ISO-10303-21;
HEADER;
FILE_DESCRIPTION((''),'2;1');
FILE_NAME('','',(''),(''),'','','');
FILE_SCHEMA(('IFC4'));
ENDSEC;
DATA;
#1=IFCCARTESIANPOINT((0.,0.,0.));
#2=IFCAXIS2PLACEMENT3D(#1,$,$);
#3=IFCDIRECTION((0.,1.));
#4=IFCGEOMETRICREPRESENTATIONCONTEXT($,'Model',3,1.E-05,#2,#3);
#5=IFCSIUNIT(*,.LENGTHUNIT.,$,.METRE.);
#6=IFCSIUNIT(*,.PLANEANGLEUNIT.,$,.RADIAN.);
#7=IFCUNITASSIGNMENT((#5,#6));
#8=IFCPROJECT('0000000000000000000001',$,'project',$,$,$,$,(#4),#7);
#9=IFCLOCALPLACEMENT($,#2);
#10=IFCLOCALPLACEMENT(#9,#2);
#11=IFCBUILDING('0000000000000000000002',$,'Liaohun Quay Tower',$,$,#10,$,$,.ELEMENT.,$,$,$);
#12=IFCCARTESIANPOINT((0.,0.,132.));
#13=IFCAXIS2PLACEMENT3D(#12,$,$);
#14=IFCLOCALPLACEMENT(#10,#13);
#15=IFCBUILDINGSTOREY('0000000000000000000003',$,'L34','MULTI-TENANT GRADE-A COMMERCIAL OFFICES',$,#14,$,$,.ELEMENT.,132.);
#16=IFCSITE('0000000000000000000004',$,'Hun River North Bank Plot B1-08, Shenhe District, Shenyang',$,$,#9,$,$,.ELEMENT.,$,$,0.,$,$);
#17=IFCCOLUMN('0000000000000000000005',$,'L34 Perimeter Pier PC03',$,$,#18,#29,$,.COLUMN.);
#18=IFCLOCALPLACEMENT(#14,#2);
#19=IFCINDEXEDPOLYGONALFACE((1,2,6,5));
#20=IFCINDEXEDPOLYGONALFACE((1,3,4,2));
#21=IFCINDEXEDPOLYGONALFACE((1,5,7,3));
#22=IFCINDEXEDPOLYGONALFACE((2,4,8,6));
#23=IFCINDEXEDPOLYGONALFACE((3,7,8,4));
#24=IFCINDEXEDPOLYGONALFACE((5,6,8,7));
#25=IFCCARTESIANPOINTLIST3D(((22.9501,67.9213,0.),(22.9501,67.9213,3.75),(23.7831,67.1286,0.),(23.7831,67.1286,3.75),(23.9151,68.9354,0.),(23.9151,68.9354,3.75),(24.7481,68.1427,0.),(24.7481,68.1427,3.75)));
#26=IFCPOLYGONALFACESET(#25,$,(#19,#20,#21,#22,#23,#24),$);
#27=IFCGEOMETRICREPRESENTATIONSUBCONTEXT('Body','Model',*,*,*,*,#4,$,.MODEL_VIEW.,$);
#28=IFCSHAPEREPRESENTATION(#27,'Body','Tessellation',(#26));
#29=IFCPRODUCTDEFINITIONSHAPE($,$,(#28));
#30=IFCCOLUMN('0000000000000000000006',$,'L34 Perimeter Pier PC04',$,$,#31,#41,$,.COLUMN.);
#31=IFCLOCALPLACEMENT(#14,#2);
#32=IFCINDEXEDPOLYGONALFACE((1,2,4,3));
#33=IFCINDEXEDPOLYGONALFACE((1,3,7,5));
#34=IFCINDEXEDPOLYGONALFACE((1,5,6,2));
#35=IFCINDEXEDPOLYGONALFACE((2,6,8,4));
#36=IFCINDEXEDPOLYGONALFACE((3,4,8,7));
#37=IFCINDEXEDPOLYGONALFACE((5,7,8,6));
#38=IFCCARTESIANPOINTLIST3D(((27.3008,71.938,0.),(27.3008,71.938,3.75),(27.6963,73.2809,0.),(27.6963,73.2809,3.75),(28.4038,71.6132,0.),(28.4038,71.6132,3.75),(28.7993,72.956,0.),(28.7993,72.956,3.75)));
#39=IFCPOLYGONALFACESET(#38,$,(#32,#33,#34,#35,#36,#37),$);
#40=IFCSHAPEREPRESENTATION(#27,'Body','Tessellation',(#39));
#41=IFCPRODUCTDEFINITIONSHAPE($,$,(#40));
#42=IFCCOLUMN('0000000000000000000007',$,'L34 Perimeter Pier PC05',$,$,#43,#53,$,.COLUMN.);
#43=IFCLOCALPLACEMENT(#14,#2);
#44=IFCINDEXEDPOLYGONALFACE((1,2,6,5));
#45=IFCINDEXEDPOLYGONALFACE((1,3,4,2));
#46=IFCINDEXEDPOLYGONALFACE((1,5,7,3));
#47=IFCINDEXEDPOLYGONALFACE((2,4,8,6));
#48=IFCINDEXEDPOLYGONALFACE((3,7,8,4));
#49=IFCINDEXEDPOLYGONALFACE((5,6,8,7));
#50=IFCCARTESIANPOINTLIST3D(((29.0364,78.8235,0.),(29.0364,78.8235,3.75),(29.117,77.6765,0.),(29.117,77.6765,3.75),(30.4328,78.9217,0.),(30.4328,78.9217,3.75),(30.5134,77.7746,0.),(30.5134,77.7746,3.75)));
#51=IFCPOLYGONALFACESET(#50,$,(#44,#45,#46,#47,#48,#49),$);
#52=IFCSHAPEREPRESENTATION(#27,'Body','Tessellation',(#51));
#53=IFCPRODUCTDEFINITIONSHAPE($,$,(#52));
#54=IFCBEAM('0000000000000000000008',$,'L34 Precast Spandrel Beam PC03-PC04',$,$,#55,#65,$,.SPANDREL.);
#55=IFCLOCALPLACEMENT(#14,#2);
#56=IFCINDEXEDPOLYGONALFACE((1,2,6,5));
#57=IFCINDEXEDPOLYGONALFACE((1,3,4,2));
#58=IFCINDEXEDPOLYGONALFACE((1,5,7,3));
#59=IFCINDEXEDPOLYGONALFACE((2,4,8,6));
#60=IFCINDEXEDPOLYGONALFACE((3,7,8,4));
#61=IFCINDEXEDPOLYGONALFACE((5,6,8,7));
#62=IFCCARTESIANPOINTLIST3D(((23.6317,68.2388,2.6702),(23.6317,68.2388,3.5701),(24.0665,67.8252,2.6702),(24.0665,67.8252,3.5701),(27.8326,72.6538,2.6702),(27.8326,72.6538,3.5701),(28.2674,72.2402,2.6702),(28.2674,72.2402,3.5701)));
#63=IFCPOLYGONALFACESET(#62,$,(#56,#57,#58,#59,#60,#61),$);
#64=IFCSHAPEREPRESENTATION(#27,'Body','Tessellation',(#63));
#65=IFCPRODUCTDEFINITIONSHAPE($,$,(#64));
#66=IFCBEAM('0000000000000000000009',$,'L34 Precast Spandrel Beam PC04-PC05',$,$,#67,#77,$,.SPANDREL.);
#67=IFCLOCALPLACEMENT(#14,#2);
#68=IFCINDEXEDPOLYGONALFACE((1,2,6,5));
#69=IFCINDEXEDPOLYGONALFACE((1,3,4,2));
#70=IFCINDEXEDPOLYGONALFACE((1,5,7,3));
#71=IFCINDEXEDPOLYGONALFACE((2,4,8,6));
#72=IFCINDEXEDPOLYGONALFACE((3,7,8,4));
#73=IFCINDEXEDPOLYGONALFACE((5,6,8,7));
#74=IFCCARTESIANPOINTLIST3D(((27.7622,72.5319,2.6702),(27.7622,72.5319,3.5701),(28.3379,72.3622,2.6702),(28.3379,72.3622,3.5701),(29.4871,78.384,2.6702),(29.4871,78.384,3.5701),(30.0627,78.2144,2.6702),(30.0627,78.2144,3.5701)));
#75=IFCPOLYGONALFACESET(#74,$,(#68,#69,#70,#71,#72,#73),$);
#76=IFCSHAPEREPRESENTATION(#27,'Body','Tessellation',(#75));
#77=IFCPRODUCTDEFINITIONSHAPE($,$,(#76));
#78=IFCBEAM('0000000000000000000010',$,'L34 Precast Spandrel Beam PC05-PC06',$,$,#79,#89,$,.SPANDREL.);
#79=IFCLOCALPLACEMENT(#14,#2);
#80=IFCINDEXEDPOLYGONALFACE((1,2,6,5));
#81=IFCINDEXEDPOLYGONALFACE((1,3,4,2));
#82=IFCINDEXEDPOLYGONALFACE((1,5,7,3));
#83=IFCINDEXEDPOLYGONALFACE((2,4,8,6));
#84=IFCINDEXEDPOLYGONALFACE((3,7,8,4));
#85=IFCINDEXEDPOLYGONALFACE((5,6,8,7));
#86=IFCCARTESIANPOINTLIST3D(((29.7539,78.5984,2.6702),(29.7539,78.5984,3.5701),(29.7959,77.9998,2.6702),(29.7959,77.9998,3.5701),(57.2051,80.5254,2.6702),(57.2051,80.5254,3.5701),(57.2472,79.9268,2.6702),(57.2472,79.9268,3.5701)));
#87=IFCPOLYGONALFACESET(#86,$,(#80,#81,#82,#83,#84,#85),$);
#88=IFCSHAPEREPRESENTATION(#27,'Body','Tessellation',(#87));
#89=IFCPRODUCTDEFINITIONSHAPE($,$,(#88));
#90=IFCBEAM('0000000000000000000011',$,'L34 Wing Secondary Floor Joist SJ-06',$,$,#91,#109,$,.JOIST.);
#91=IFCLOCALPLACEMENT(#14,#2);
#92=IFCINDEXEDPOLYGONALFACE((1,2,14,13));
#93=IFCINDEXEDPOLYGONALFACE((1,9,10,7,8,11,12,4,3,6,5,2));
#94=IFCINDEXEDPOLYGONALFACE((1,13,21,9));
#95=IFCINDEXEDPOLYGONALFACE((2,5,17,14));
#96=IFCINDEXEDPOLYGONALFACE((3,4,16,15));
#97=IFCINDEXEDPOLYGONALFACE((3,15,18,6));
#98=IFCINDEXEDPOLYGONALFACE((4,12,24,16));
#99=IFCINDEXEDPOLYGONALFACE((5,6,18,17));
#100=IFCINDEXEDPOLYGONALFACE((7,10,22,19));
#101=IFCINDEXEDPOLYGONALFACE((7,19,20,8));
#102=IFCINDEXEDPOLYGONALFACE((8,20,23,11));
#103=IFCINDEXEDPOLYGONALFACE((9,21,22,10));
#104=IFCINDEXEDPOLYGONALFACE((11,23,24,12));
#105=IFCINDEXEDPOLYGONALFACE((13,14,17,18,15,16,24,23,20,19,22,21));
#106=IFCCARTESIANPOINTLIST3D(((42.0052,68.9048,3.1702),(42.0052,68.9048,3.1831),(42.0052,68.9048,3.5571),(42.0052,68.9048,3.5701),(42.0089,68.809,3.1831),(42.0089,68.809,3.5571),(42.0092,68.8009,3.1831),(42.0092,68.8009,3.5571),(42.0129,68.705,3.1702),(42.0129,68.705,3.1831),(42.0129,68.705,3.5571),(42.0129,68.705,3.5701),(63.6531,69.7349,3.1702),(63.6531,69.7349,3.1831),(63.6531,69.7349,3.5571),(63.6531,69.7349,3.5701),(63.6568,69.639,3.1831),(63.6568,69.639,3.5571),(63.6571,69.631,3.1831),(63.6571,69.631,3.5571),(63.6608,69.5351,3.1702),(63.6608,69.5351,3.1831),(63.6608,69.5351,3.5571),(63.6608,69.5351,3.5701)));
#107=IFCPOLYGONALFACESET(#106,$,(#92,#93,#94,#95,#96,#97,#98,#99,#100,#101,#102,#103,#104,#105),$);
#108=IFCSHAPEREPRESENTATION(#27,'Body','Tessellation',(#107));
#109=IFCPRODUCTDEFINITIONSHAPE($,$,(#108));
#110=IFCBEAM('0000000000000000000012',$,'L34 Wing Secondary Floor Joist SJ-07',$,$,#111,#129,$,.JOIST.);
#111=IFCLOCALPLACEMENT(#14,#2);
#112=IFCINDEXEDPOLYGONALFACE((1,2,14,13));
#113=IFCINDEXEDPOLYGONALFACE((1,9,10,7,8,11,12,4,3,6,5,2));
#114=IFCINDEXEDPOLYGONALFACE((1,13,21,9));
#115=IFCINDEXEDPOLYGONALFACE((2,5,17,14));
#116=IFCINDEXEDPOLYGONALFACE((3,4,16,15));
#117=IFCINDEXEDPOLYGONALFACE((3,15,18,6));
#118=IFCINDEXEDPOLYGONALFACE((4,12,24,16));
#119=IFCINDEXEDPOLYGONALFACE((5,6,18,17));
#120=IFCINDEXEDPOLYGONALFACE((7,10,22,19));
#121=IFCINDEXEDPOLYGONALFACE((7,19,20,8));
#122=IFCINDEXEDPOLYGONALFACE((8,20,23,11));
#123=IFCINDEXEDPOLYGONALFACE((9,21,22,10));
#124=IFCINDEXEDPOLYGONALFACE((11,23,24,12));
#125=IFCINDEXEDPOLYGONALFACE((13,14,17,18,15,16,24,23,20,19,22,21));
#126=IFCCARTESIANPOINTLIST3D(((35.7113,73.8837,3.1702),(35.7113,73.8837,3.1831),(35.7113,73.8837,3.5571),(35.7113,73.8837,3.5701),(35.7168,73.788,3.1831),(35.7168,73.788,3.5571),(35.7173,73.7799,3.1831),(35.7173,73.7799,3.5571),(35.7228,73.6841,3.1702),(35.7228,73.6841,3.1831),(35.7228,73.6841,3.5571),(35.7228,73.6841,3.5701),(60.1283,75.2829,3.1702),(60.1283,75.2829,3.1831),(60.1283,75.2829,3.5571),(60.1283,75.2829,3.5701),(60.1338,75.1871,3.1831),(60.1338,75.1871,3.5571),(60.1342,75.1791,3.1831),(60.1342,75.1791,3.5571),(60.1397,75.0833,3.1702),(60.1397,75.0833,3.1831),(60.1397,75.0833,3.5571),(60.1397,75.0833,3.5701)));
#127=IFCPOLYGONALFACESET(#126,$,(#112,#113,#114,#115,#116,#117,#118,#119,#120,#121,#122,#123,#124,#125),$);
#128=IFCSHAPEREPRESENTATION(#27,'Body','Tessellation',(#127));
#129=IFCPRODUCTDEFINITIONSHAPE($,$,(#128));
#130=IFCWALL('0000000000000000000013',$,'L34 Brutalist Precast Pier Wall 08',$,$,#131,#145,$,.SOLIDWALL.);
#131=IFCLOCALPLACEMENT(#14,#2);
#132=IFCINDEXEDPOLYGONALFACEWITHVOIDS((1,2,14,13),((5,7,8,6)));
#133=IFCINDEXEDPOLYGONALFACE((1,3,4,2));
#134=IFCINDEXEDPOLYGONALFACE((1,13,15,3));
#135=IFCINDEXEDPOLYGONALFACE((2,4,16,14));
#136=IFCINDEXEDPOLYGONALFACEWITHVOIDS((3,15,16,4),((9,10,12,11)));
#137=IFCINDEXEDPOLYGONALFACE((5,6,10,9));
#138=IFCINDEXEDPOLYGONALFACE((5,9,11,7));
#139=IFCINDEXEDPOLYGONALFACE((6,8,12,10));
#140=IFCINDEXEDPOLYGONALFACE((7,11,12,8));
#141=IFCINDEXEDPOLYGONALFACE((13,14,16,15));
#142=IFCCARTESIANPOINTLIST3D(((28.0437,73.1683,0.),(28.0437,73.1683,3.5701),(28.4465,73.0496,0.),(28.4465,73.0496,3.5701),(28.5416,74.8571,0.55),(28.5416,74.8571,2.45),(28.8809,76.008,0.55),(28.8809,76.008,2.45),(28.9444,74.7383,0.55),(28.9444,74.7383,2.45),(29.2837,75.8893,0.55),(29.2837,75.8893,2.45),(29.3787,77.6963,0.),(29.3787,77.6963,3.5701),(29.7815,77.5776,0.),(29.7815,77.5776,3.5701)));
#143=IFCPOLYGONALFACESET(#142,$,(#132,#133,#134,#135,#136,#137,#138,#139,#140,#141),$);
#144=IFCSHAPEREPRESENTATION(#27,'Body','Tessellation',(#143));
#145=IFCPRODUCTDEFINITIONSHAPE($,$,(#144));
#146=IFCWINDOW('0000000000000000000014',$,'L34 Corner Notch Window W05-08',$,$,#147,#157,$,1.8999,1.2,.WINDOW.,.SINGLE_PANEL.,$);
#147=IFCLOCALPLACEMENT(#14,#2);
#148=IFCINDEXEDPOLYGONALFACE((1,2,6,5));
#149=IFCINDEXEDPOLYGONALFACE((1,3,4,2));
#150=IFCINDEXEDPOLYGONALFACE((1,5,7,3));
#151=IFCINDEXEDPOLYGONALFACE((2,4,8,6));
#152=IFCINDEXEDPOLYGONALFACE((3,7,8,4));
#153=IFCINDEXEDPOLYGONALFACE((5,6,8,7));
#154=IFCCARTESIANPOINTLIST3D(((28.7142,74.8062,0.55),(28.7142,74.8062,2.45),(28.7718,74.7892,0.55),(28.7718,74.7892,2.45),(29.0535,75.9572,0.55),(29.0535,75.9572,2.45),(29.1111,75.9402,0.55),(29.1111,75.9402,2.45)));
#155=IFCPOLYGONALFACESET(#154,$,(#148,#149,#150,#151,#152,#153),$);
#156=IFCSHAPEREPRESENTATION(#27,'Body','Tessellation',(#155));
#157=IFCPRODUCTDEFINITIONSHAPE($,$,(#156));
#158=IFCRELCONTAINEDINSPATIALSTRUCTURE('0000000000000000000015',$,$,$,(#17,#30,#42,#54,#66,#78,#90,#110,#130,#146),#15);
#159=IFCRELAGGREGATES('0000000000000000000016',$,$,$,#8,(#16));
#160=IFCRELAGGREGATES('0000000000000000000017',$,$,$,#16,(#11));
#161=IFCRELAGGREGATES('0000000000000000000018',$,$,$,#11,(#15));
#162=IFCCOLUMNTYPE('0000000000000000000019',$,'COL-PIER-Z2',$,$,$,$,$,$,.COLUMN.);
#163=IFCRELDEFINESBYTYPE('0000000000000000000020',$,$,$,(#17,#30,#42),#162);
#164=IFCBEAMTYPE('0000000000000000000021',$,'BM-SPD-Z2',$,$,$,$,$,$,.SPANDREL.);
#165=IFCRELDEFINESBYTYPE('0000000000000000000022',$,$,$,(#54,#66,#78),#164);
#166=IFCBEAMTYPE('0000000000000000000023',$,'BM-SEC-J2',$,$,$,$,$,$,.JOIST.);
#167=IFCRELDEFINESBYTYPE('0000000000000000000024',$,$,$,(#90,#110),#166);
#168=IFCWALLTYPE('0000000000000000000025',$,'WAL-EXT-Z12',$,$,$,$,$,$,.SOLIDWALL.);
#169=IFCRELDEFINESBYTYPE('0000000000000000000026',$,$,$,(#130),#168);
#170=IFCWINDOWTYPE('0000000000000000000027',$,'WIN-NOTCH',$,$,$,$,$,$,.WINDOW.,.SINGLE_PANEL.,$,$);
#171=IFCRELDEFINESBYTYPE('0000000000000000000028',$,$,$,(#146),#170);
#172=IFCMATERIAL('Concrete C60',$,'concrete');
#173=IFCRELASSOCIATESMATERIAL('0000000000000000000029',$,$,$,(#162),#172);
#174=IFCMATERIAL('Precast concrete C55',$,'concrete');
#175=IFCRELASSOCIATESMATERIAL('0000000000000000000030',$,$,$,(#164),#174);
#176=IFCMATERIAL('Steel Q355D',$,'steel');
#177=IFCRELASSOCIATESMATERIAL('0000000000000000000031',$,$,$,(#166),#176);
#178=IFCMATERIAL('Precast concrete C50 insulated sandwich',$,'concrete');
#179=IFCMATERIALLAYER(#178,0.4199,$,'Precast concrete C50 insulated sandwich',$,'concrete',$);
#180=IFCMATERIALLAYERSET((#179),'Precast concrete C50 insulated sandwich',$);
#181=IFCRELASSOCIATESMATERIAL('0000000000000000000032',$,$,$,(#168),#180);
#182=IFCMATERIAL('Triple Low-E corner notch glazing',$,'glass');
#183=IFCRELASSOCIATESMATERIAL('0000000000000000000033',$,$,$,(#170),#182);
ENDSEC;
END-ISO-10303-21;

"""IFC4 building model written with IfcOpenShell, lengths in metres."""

from ifc_helpers import new_model, si_unit, direction, frame, frame_2d, origin, origin_2d, place, context, subcontext, project, spatial, rectangle, i_section, extrude, source, transform, mapped, material, layer, layer_set, material_profile, profile_set, type_object, element, fill, save


model = new_model("IFC4")

# Units and contexts
model_context = context("Model", 3, precision=1e-05, world=origin(), true_north=direction((0.0, 1.0)))
body_context = subcontext(model_context, "Body", "Model", "MODEL_VIEW")
ifc_project = project(units=[si_unit("LENGTHUNIT", "METRE"), si_unit("PLANEANGLEUNIT", "RADIAN")], contexts=[model_context])

# Site, building, storey
site_placement = place(None, origin())
site = spatial("IfcSite", under=ifc_project, at=site_placement, Name="Hun River North Bank Plot B1-08, Shenhe District, Shenyang", CompositionType="ELEMENT", RefElevation=0.0)
building_placement = place(site_placement, origin())
building = spatial("IfcBuilding", under=site, at=building_placement, Name="Liaohun Quay Tower", CompositionType="ELEMENT")
storey_placement = place(building_placement, frame((0.0, 0.0, 132.0)))
storey = spatial("IfcBuildingStorey", under=building, at=storey_placement, Name="L34", Description="MULTI-TENANT GRADE-A COMMERCIAL OFFICES", CompositionType="ELEMENT", Elevation=132.0)

# Columns
ifc_material_1 = material(Name="Concrete C60", Category="concrete")
ifc_material_profile_1 = material_profile(ifc_material_1, rectangle(XDim=1.3999, YDim=1.1499, at=origin_2d()), Name="RC1400x1150")
ifc_profile_set_1 = profile_set([ifc_material_profile_1], Name="Concrete C60")
column_type = type_object("IfcColumnType", Name="COL-PIER-Z2", PredefinedType="COLUMN", material=ifc_profile_set_1)
shared_shape_1 = source(origin(), body_context, "Body", "SweptSolid", [
    extrude(rectangle(XDim=1.3999, YDim=1.1499, at=origin_2d()), origin(), (0.0, 0.0, 1.0), 3.75),
])
for number, where, z_axis, x_axis, name in (
    (1, (23.8491, 68.032, 0.0), (0.0, 0.0, 1.0), (0.689367, 0.724413, 0.0), "L34 Perimeter Pier PC03"),
    (2, (28.05, 72.447, 0.0), (0.0, 0.0, 1.0), (0.282509, 0.959265, 0.0), "L34 Perimeter Pier PC04"),
    (3, (29.7749, 78.2991, 0.0), (0.0, 0.0, 1.0), (0.99754, 0.070105, 0.0), "L34 Perimeter Pier PC05"),
):
    element("IfcColumn", number, at=place(storey_placement, frame(where, z_axis=z_axis, x_axis=x_axis)), inside=storey, type_object=column_type, Name=name, PredefinedType="COLUMN", context=body_context, shape_type="MappedRepresentation", body=[
        mapped(shared_shape_1, transform((0.0, 0.0, 0.0), x_axis=(1.0, 0.0, 0.0), y_axis=(0.0, 1.0, 0.0), z_axis=(0.0, 0.0, 1.0), scale=1.0)),
    ])

# Beams
ifc_material_2 = material(Name="Precast concrete C55", Category="concrete")
ifc_material_profile_2 = material_profile(ifc_material_2, rectangle(XDim=0.6001, YDim=0.8999, at=origin_2d()), Name="RC600x900")
ifc_profile_set_2 = profile_set([ifc_material_profile_2], Name="Precast concrete C55")
beam_type_1 = type_object("IfcBeamType", Name="BM-SPD-Z2", PredefinedType="SPANDREL", material=ifc_profile_set_2)
shared_shape_2 = source(origin(), body_context, "Body", "SweptSolid", [
    extrude(rectangle(XDim=0.6001, YDim=0.8999, at=origin_2d()), origin(), (0.0, 0.0, 1.0), 6.0942),
])
beam_1_placement = place(storey_placement, frame((23.8491, 68.032, 3.1201), z_axis=(0.689322, 0.724455, 0.0), x_axis=(-0.724455, 0.689322, 0.0)))
element("IfcBeam", 4, at=beam_1_placement, inside=storey, type_object=beam_type_1, Name="L34 Precast Spandrel Beam PC03-PC04", PredefinedType="SPANDREL", context=body_context, shape_type="MappedRepresentation", body=[
    mapped(shared_shape_2, transform((0.0, 0.0, 0.0), x_axis=(1.0, 0.0, 0.0), y_axis=(0.0, 1.0, 0.0), z_axis=(0.0, 0.0, 1.0), scale=1.0)),
])
shared_shape_3 = source(origin(), body_context, "Body", "SweptSolid", [
    extrude(rectangle(XDim=0.6001, YDim=0.8999, at=origin_2d()), origin(), (0.0, 0.0, 1.0), 6.1011),
])
beam_2_placement = place(storey_placement, frame((28.05, 72.447, 3.1201), z_axis=(0.282719, 0.959203, 0.0), x_axis=(-0.959203, 0.282719, 0.0)))
element("IfcBeam", 5, at=beam_2_placement, inside=storey, type_object=beam_type_1, Name="L34 Precast Spandrel Beam PC04-PC05", PredefinedType="SPANDREL", context=body_context, shape_type="MappedRepresentation", body=[
    mapped(shared_shape_3, transform((0.0, 0.0, 0.0), x_axis=(1.0, 0.0, 0.0), y_axis=(0.0, 1.0, 0.0), z_axis=(0.0, 0.0, 1.0), scale=1.0)),
])
shared_shape_4 = source(origin(), body_context, "Body", "SweptSolid", [
    extrude(rectangle(XDim=0.6001, YDim=0.8999, at=origin_2d()), origin(), (0.0, 0.0, 1.0), 27.5188),
])
beam_3_placement = place(storey_placement, frame((29.7749, 78.2991, 3.1201), z_axis=(0.997545, 0.070025, 0.0), x_axis=(-0.070025, 0.997545, 0.0)))
element("IfcBeam", 6, at=beam_3_placement, inside=storey, type_object=beam_type_1, Name="L34 Precast Spandrel Beam PC05-PC06", PredefinedType="SPANDREL", context=body_context, shape_type="MappedRepresentation", body=[
    mapped(shared_shape_4, transform((0.0, 0.0, 0.0), x_axis=(1.0, 0.0, 0.0), y_axis=(0.0, 1.0, 0.0), z_axis=(0.0, 0.0, 1.0), scale=1.0)),
])
ifc_material_3 = material(Name="Steel Q355D", Category="steel")
ifc_material_profile_3 = material_profile(ifc_material_3, i_section(OverallWidth=0.2, OverallDepth=0.3999, WebThickness=0.0081, FlangeThickness=0.0129, at=origin_2d()), Name="HN400x200x8x13")
ifc_profile_set_3 = profile_set([ifc_material_profile_3], Name="Steel Q355D")
beam_type_2 = type_object("IfcBeamType", Name="BM-SEC-J2", PredefinedType="JOIST", material=ifc_profile_set_3)
shared_shape_5 = source(origin(), body_context, "Body", "SweptSolid", [
    extrude(i_section(OverallWidth=0.2, OverallDepth=0.3999, WebThickness=0.0081, FlangeThickness=0.0129, at=origin_2d()), origin(), (0.0, 0.0, 1.0), 21.6638),
])
beam_4_placement = place(storey_placement, frame((42.009, 68.8049, 3.3701), z_axis=(0.999266, 0.038316, 0.0), x_axis=(-0.038316, 0.999266, 0.0)))
element("IfcBeam", 7, at=beam_4_placement, inside=storey, type_object=beam_type_2, Name="L34 Wing Secondary Floor Joist SJ-06", PredefinedType="JOIST", context=body_context, shape_type="MappedRepresentation", body=[
    mapped(shared_shape_5, transform((0.0, 0.0, 0.0), x_axis=(1.0, 0.0, 0.0), y_axis=(0.0, 1.0, 0.0), z_axis=(0.0, 0.0, 1.0), scale=1.0)),
])
shared_shape_6 = source(origin(), body_context, "Body", "SweptSolid", [
    extrude(i_section(OverallWidth=0.2, OverallDepth=0.3999, WebThickness=0.0081, FlangeThickness=0.0129, at=origin_2d()), origin(), (0.0, 0.0, 1.0), 24.457),
])
beam_5_placement = place(storey_placement, frame((35.717, 73.7839, 3.3701), z_axis=(0.998362, 0.057209, 0.0), x_axis=(-0.057209, 0.998362, 0.0)))
element("IfcBeam", 8, at=beam_5_placement, inside=storey, type_object=beam_type_2, Name="L34 Wing Secondary Floor Joist SJ-07", PredefinedType="JOIST", context=body_context, shape_type="MappedRepresentation", body=[
    mapped(shared_shape_6, transform((0.0, 0.0, 0.0), x_axis=(1.0, 0.0, 0.0), y_axis=(0.0, 1.0, 0.0), z_axis=(0.0, 0.0, 1.0), scale=1.0)),
])

# Wall, opening, window
ifc_material_4 = material(Name="Precast concrete C50 insulated sandwich", Category="concrete")
ifc_layer_1 = layer(ifc_material_4, 0.4199, Name="Precast concrete C50 insulated sandwich", Category="concrete")
ifc_layer_set_1 = layer_set([ifc_layer_1], Name="Precast concrete C50 insulated sandwich")
wall_type_1 = type_object("IfcWallType", Name="WAL-EXT-Z12", PredefinedType="SOLIDWALL", material=ifc_layer_set_1)
wall_1_placement = place(storey_placement, frame((29.5801, 77.637, 0.0), z_axis=(0.0, 0.0, 1.0), x_axis=(-0.282785, -0.959183, 0.0)))
wall_1 = element("IfcWall", 9, at=wall_1_placement, inside=storey, type_object=wall_type_1, Name="L34 Brutalist Precast Pier Wall 08", PredefinedType="SOLIDWALL", context=body_context, shape_type="SweptSolid", body=[
    extrude(rectangle(XDim=4.7207, YDim=0.4199, at=frame_2d((2.3604, 0.0))), origin(), (0.0, 0.0, 1.0), 3.5701),
])
shared_shape_7 = source(origin(), body_context, "Body", "SweptSolid", [
    extrude(rectangle(XDim=1.2, YDim=1.8999, at=frame_2d((0.6001, 0.95))), frame((0.0, 0.22, 0.0), z_axis=(0.0, -1.0, 0.0), x_axis=(1.0, 0.0, 0.0)), (0.0, 0.0, 1.0), 0.4399),
])
opening_1_placement = place(wall_1_placement, frame((1.76, 0.0, 0.55)))
opening_1 = element("IfcOpeningElement", 10, at=opening_1_placement, cuts=wall_1, PredefinedType="OPENING", context=body_context, shape_type="MappedRepresentation", body=[
    mapped(shared_shape_7, transform((0.0, 0.0, 0.0), x_axis=(1.0, 0.0, 0.0), y_axis=(0.0, 1.0, 0.0), z_axis=(0.0, 0.0, 1.0), scale=1.0)),
])
ifc_material_5 = material(Name="Triple Low-E corner notch glazing", Category="glass")
window_type_1 = type_object("IfcWindowType", Name="WIN-NOTCH", PartitioningType="SINGLE_PANEL", PredefinedType="WINDOW", material=ifc_material_5)
shared_shape_8 = source(origin(), body_context, "Body", "SweptSolid", [
    extrude(rectangle(XDim=1.2, YDim=1.8999, at=frame_2d((0.6001, 0.95))), frame((0.0, 0.03, 0.0), z_axis=(0.0, -1.0, 0.0), x_axis=(1.0, 0.0, 0.0)), (0.0, 0.0, 1.0), 0.0601),
])
window_1_placement = place(opening_1_placement, origin())
window_1 = element("IfcWindow", 11, at=window_1_placement, inside=storey, type_object=window_type_1, Name="L34 Corner Notch Window W05-08", OverallHeight=1.8999, OverallWidth=1.2, PartitioningType="SINGLE_PANEL", PredefinedType="WINDOW", context=body_context, shape_type="MappedRepresentation", body=[
    mapped(shared_shape_8, transform((0.0, 0.0, 0.0), x_axis=(1.0, 0.0, 0.0), y_axis=(0.0, 1.0, 0.0), z_axis=(0.0, 0.0, 1.0), scale=1.0)),
])
fill(opening_1, window_1)

save(model, "model.ifc")
